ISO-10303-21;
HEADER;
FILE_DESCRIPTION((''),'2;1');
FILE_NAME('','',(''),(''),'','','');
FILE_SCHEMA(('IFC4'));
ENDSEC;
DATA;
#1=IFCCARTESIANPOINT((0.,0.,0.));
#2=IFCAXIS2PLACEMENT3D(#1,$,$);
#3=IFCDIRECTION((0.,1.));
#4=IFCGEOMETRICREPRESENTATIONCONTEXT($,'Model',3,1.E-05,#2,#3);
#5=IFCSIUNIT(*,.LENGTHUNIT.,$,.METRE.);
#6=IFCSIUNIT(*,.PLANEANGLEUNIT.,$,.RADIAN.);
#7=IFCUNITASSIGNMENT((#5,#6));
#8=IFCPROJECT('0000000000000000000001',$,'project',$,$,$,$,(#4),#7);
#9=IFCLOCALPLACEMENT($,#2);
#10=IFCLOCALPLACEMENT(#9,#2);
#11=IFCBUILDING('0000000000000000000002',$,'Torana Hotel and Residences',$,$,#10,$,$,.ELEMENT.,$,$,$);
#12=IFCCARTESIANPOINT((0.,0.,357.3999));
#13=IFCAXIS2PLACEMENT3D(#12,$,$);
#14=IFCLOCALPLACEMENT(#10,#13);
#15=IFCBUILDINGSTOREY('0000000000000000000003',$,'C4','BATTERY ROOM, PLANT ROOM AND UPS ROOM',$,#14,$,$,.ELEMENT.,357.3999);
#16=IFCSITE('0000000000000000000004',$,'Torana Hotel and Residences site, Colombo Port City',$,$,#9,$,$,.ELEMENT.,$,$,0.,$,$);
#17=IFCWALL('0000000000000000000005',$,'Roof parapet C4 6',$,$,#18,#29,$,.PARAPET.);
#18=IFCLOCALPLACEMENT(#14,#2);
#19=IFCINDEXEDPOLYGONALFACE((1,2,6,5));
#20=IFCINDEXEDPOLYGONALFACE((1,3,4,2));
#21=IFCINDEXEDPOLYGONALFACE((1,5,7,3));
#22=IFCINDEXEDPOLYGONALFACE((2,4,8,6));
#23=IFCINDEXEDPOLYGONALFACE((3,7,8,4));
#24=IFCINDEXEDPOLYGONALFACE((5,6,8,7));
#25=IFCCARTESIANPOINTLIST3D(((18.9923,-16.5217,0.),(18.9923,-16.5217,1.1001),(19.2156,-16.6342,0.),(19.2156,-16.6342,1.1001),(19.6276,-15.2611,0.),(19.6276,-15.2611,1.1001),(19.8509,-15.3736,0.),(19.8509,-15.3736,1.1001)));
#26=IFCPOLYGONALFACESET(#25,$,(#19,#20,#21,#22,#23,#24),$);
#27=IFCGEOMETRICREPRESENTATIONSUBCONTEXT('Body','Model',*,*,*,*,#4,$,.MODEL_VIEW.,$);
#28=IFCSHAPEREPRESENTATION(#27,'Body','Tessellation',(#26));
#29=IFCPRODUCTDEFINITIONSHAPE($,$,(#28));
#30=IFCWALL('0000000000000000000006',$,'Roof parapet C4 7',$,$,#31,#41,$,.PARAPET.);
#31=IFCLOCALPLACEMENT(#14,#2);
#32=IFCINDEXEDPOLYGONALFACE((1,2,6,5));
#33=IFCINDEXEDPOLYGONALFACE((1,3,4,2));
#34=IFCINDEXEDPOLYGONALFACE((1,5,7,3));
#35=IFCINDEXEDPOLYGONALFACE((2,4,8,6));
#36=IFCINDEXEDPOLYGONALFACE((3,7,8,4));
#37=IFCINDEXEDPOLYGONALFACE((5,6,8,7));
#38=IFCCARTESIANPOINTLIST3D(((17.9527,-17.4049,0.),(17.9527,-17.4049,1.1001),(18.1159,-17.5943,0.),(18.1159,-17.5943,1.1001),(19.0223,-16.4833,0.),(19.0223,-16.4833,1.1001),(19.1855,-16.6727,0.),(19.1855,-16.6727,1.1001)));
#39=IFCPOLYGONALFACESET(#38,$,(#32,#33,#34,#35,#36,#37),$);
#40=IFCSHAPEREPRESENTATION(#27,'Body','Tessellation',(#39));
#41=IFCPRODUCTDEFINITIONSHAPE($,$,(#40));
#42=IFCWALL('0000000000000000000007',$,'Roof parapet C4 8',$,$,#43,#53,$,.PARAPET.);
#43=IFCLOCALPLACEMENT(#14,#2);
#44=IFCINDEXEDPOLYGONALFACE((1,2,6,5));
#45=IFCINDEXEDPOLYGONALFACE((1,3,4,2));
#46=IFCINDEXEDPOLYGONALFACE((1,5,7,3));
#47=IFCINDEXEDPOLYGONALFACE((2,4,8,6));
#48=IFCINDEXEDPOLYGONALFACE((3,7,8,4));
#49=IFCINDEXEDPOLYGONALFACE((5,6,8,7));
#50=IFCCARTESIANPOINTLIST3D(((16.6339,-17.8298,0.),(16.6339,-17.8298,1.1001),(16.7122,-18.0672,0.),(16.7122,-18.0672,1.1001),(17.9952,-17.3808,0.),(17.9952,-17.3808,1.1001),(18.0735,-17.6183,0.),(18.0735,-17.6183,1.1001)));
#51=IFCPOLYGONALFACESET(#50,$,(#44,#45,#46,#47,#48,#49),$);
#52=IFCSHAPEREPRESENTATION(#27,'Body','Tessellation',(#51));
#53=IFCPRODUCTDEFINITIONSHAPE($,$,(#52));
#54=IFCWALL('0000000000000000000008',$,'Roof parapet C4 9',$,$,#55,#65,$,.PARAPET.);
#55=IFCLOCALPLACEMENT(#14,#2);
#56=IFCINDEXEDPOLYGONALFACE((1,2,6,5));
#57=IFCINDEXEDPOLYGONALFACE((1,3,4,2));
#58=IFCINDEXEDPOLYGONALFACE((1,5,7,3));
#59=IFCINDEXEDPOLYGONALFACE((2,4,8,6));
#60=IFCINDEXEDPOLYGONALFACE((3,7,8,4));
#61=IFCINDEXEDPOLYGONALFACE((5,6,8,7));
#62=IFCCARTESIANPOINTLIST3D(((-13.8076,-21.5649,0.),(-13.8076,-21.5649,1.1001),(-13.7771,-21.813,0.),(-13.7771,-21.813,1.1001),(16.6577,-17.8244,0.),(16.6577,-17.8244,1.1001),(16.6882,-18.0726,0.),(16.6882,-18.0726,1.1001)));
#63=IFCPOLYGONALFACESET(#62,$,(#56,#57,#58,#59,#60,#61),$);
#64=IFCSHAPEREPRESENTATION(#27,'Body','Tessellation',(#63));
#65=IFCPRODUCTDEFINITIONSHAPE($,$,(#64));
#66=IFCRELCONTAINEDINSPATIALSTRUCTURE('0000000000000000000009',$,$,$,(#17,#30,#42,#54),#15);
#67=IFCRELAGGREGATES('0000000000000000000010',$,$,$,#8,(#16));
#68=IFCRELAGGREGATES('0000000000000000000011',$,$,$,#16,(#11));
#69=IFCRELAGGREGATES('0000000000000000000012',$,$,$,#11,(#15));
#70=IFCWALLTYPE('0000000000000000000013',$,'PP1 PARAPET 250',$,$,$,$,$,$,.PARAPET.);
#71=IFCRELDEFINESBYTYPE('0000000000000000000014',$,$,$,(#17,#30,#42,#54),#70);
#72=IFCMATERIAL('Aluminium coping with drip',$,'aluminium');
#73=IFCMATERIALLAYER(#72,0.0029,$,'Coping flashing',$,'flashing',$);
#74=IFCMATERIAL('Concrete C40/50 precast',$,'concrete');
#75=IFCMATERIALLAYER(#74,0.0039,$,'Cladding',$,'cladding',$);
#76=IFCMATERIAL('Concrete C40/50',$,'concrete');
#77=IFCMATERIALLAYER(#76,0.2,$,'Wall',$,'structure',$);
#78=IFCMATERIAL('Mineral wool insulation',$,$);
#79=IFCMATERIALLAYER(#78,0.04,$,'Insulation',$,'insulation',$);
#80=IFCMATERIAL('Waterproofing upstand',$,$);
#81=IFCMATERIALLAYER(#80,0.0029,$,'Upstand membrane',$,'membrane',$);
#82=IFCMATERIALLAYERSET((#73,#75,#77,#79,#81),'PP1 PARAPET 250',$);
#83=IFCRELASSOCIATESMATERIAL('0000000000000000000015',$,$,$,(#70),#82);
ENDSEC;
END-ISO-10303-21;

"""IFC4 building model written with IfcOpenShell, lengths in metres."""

from ifc_helpers import new_model, si_unit, direction, frame, frame_2d, origin, place, context, subcontext, project, spatial, rectangle, extrude, material, layer, layer_set, type_object, element, save


model = new_model("IFC4")

# Units and contexts
model_context = context("Model", 3, precision=1e-05, world=origin(), true_north=direction((0.0, 1.0)))
body_context = subcontext(model_context, "Body", "Model", "MODEL_VIEW")
ifc_project = project(units=[si_unit("LENGTHUNIT", "METRE"), si_unit("PLANEANGLEUNIT", "RADIAN")], contexts=[model_context])

# Site, building, storey
site_placement = place(None, origin())
site = spatial("IfcSite", under=ifc_project, at=site_placement, Name="Torana Hotel and Residences site, Colombo Port City", CompositionType="ELEMENT", RefElevation=0.0)
building_placement = place(site_placement, origin())
building = spatial("IfcBuilding", under=site, at=building_placement, Name="Torana Hotel and Residences", CompositionType="ELEMENT")
storey_placement = place(building_placement, frame((0.0, 0.0, 357.3999)))
storey = spatial("IfcBuildingStorey", under=building, at=storey_placement, Name="C4", Description="BATTERY ROOM, PLANT ROOM AND UPS ROOM", CompositionType="ELEMENT", Elevation=357.3999)

# Walls
ifc_material_1 = material(Name="Aluminium coping with drip", Category="aluminium")
ifc_layer_1 = layer(ifc_material_1, 0.0029, Name="Coping flashing", Category="flashing")
ifc_material_2 = material(Name="Concrete C40/50 precast", Category="concrete")
ifc_layer_2 = layer(ifc_material_2, 0.0039, Name="Cladding", Category="cladding")
ifc_material_3 = material(Name="Concrete C40/50", Category="concrete")
ifc_layer_3 = layer(ifc_material_3, 0.2, Name="Wall", Category="structure")
ifc_material_4 = material(Name="Mineral wool insulation")
ifc_layer_4 = layer(ifc_material_4, 0.04, Name="Insulation", Category="insulation")
ifc_material_5 = material(Name="Waterproofing upstand")
ifc_layer_5 = layer(ifc_material_5, 0.0029, Name="Upstand membrane", Category="membrane")
ifc_layer_set_1 = layer_set([ifc_layer_1, ifc_layer_2, ifc_layer_3, ifc_layer_4, ifc_layer_5], Name="PP1 PARAPET 250")
wall_type_1 = type_object("IfcWallType", Name="PP1 PARAPET 250", PredefinedType="PARAPET", material=ifc_layer_set_1)
wall_1_placement = place(storey_placement, frame((19.7393, -15.3174, 0.0), z_axis=(0.0, 0.0, 1.0), x_axis=(-0.450048, -0.893004, 0.0)))
element("IfcWall", 1, at=wall_1_placement, inside=storey, type_object=wall_type_1, Name="Roof parapet C4 6", PredefinedType="PARAPET", context=body_context, shape_type="SweptSolid", body=[
    extrude(rectangle(XDim=1.4116, YDim=0.25, at=frame_2d((0.7058, 0.0))), origin(), (0.0, 0.0, 1.0), 1.1001),
])
wall_2_placement = place(storey_placement, frame((19.104, -16.5779, 0.0), z_axis=(0.0, 0.0, 1.0), x_axis=(-0.757557, -0.652769, 0.0)))
element("IfcWall", 2, at=wall_2_placement, inside=storey, type_object=wall_type_1, Name="Roof parapet C4 7", PredefinedType="PARAPET", context=body_context, shape_type="SweptSolid", body=[
    extrude(rectangle(XDim=1.4119, YDim=0.25, at=frame_2d((0.7061, 0.0))), origin(), (0.0, 0.0, 1.0), 1.1001),
])
wall_3_placement = place(storey_placement, frame((18.0344, -17.4995, 0.0), z_axis=(0.0, 0.0, 1.0), x_axis=(-0.949683, -0.313212, 0.0)))
element("IfcWall", 3, at=wall_3_placement, inside=storey, type_object=wall_type_1, Name="Roof parapet C4 8", PredefinedType="PARAPET", context=body_context, shape_type="SweptSolid", body=[
    extrude(rectangle(XDim=1.4333, YDim=0.25, at=frame_2d((0.7168, 0.0))), origin(), (0.0, 0.0, 1.0), 1.1001),
])
wall_4_placement = place(storey_placement, frame((16.6731, -17.9485, 0.0), z_axis=(0.0, 0.0, 1.0), x_axis=(-0.992547, -0.121863, 0.0)))
element("IfcWall", 4, at=wall_4_placement, inside=storey, type_object=wall_type_1, Name="Roof parapet C4 9", PredefinedType="PARAPET", context=body_context, shape_type="SweptSolid", body=[
    extrude(rectangle(XDim=30.6941, YDim=0.25, at=frame_2d((15.3472, 0.0))), origin(), (0.0, 0.0, 1.0), 1.1001),
])

save(model, "model.ifc")
